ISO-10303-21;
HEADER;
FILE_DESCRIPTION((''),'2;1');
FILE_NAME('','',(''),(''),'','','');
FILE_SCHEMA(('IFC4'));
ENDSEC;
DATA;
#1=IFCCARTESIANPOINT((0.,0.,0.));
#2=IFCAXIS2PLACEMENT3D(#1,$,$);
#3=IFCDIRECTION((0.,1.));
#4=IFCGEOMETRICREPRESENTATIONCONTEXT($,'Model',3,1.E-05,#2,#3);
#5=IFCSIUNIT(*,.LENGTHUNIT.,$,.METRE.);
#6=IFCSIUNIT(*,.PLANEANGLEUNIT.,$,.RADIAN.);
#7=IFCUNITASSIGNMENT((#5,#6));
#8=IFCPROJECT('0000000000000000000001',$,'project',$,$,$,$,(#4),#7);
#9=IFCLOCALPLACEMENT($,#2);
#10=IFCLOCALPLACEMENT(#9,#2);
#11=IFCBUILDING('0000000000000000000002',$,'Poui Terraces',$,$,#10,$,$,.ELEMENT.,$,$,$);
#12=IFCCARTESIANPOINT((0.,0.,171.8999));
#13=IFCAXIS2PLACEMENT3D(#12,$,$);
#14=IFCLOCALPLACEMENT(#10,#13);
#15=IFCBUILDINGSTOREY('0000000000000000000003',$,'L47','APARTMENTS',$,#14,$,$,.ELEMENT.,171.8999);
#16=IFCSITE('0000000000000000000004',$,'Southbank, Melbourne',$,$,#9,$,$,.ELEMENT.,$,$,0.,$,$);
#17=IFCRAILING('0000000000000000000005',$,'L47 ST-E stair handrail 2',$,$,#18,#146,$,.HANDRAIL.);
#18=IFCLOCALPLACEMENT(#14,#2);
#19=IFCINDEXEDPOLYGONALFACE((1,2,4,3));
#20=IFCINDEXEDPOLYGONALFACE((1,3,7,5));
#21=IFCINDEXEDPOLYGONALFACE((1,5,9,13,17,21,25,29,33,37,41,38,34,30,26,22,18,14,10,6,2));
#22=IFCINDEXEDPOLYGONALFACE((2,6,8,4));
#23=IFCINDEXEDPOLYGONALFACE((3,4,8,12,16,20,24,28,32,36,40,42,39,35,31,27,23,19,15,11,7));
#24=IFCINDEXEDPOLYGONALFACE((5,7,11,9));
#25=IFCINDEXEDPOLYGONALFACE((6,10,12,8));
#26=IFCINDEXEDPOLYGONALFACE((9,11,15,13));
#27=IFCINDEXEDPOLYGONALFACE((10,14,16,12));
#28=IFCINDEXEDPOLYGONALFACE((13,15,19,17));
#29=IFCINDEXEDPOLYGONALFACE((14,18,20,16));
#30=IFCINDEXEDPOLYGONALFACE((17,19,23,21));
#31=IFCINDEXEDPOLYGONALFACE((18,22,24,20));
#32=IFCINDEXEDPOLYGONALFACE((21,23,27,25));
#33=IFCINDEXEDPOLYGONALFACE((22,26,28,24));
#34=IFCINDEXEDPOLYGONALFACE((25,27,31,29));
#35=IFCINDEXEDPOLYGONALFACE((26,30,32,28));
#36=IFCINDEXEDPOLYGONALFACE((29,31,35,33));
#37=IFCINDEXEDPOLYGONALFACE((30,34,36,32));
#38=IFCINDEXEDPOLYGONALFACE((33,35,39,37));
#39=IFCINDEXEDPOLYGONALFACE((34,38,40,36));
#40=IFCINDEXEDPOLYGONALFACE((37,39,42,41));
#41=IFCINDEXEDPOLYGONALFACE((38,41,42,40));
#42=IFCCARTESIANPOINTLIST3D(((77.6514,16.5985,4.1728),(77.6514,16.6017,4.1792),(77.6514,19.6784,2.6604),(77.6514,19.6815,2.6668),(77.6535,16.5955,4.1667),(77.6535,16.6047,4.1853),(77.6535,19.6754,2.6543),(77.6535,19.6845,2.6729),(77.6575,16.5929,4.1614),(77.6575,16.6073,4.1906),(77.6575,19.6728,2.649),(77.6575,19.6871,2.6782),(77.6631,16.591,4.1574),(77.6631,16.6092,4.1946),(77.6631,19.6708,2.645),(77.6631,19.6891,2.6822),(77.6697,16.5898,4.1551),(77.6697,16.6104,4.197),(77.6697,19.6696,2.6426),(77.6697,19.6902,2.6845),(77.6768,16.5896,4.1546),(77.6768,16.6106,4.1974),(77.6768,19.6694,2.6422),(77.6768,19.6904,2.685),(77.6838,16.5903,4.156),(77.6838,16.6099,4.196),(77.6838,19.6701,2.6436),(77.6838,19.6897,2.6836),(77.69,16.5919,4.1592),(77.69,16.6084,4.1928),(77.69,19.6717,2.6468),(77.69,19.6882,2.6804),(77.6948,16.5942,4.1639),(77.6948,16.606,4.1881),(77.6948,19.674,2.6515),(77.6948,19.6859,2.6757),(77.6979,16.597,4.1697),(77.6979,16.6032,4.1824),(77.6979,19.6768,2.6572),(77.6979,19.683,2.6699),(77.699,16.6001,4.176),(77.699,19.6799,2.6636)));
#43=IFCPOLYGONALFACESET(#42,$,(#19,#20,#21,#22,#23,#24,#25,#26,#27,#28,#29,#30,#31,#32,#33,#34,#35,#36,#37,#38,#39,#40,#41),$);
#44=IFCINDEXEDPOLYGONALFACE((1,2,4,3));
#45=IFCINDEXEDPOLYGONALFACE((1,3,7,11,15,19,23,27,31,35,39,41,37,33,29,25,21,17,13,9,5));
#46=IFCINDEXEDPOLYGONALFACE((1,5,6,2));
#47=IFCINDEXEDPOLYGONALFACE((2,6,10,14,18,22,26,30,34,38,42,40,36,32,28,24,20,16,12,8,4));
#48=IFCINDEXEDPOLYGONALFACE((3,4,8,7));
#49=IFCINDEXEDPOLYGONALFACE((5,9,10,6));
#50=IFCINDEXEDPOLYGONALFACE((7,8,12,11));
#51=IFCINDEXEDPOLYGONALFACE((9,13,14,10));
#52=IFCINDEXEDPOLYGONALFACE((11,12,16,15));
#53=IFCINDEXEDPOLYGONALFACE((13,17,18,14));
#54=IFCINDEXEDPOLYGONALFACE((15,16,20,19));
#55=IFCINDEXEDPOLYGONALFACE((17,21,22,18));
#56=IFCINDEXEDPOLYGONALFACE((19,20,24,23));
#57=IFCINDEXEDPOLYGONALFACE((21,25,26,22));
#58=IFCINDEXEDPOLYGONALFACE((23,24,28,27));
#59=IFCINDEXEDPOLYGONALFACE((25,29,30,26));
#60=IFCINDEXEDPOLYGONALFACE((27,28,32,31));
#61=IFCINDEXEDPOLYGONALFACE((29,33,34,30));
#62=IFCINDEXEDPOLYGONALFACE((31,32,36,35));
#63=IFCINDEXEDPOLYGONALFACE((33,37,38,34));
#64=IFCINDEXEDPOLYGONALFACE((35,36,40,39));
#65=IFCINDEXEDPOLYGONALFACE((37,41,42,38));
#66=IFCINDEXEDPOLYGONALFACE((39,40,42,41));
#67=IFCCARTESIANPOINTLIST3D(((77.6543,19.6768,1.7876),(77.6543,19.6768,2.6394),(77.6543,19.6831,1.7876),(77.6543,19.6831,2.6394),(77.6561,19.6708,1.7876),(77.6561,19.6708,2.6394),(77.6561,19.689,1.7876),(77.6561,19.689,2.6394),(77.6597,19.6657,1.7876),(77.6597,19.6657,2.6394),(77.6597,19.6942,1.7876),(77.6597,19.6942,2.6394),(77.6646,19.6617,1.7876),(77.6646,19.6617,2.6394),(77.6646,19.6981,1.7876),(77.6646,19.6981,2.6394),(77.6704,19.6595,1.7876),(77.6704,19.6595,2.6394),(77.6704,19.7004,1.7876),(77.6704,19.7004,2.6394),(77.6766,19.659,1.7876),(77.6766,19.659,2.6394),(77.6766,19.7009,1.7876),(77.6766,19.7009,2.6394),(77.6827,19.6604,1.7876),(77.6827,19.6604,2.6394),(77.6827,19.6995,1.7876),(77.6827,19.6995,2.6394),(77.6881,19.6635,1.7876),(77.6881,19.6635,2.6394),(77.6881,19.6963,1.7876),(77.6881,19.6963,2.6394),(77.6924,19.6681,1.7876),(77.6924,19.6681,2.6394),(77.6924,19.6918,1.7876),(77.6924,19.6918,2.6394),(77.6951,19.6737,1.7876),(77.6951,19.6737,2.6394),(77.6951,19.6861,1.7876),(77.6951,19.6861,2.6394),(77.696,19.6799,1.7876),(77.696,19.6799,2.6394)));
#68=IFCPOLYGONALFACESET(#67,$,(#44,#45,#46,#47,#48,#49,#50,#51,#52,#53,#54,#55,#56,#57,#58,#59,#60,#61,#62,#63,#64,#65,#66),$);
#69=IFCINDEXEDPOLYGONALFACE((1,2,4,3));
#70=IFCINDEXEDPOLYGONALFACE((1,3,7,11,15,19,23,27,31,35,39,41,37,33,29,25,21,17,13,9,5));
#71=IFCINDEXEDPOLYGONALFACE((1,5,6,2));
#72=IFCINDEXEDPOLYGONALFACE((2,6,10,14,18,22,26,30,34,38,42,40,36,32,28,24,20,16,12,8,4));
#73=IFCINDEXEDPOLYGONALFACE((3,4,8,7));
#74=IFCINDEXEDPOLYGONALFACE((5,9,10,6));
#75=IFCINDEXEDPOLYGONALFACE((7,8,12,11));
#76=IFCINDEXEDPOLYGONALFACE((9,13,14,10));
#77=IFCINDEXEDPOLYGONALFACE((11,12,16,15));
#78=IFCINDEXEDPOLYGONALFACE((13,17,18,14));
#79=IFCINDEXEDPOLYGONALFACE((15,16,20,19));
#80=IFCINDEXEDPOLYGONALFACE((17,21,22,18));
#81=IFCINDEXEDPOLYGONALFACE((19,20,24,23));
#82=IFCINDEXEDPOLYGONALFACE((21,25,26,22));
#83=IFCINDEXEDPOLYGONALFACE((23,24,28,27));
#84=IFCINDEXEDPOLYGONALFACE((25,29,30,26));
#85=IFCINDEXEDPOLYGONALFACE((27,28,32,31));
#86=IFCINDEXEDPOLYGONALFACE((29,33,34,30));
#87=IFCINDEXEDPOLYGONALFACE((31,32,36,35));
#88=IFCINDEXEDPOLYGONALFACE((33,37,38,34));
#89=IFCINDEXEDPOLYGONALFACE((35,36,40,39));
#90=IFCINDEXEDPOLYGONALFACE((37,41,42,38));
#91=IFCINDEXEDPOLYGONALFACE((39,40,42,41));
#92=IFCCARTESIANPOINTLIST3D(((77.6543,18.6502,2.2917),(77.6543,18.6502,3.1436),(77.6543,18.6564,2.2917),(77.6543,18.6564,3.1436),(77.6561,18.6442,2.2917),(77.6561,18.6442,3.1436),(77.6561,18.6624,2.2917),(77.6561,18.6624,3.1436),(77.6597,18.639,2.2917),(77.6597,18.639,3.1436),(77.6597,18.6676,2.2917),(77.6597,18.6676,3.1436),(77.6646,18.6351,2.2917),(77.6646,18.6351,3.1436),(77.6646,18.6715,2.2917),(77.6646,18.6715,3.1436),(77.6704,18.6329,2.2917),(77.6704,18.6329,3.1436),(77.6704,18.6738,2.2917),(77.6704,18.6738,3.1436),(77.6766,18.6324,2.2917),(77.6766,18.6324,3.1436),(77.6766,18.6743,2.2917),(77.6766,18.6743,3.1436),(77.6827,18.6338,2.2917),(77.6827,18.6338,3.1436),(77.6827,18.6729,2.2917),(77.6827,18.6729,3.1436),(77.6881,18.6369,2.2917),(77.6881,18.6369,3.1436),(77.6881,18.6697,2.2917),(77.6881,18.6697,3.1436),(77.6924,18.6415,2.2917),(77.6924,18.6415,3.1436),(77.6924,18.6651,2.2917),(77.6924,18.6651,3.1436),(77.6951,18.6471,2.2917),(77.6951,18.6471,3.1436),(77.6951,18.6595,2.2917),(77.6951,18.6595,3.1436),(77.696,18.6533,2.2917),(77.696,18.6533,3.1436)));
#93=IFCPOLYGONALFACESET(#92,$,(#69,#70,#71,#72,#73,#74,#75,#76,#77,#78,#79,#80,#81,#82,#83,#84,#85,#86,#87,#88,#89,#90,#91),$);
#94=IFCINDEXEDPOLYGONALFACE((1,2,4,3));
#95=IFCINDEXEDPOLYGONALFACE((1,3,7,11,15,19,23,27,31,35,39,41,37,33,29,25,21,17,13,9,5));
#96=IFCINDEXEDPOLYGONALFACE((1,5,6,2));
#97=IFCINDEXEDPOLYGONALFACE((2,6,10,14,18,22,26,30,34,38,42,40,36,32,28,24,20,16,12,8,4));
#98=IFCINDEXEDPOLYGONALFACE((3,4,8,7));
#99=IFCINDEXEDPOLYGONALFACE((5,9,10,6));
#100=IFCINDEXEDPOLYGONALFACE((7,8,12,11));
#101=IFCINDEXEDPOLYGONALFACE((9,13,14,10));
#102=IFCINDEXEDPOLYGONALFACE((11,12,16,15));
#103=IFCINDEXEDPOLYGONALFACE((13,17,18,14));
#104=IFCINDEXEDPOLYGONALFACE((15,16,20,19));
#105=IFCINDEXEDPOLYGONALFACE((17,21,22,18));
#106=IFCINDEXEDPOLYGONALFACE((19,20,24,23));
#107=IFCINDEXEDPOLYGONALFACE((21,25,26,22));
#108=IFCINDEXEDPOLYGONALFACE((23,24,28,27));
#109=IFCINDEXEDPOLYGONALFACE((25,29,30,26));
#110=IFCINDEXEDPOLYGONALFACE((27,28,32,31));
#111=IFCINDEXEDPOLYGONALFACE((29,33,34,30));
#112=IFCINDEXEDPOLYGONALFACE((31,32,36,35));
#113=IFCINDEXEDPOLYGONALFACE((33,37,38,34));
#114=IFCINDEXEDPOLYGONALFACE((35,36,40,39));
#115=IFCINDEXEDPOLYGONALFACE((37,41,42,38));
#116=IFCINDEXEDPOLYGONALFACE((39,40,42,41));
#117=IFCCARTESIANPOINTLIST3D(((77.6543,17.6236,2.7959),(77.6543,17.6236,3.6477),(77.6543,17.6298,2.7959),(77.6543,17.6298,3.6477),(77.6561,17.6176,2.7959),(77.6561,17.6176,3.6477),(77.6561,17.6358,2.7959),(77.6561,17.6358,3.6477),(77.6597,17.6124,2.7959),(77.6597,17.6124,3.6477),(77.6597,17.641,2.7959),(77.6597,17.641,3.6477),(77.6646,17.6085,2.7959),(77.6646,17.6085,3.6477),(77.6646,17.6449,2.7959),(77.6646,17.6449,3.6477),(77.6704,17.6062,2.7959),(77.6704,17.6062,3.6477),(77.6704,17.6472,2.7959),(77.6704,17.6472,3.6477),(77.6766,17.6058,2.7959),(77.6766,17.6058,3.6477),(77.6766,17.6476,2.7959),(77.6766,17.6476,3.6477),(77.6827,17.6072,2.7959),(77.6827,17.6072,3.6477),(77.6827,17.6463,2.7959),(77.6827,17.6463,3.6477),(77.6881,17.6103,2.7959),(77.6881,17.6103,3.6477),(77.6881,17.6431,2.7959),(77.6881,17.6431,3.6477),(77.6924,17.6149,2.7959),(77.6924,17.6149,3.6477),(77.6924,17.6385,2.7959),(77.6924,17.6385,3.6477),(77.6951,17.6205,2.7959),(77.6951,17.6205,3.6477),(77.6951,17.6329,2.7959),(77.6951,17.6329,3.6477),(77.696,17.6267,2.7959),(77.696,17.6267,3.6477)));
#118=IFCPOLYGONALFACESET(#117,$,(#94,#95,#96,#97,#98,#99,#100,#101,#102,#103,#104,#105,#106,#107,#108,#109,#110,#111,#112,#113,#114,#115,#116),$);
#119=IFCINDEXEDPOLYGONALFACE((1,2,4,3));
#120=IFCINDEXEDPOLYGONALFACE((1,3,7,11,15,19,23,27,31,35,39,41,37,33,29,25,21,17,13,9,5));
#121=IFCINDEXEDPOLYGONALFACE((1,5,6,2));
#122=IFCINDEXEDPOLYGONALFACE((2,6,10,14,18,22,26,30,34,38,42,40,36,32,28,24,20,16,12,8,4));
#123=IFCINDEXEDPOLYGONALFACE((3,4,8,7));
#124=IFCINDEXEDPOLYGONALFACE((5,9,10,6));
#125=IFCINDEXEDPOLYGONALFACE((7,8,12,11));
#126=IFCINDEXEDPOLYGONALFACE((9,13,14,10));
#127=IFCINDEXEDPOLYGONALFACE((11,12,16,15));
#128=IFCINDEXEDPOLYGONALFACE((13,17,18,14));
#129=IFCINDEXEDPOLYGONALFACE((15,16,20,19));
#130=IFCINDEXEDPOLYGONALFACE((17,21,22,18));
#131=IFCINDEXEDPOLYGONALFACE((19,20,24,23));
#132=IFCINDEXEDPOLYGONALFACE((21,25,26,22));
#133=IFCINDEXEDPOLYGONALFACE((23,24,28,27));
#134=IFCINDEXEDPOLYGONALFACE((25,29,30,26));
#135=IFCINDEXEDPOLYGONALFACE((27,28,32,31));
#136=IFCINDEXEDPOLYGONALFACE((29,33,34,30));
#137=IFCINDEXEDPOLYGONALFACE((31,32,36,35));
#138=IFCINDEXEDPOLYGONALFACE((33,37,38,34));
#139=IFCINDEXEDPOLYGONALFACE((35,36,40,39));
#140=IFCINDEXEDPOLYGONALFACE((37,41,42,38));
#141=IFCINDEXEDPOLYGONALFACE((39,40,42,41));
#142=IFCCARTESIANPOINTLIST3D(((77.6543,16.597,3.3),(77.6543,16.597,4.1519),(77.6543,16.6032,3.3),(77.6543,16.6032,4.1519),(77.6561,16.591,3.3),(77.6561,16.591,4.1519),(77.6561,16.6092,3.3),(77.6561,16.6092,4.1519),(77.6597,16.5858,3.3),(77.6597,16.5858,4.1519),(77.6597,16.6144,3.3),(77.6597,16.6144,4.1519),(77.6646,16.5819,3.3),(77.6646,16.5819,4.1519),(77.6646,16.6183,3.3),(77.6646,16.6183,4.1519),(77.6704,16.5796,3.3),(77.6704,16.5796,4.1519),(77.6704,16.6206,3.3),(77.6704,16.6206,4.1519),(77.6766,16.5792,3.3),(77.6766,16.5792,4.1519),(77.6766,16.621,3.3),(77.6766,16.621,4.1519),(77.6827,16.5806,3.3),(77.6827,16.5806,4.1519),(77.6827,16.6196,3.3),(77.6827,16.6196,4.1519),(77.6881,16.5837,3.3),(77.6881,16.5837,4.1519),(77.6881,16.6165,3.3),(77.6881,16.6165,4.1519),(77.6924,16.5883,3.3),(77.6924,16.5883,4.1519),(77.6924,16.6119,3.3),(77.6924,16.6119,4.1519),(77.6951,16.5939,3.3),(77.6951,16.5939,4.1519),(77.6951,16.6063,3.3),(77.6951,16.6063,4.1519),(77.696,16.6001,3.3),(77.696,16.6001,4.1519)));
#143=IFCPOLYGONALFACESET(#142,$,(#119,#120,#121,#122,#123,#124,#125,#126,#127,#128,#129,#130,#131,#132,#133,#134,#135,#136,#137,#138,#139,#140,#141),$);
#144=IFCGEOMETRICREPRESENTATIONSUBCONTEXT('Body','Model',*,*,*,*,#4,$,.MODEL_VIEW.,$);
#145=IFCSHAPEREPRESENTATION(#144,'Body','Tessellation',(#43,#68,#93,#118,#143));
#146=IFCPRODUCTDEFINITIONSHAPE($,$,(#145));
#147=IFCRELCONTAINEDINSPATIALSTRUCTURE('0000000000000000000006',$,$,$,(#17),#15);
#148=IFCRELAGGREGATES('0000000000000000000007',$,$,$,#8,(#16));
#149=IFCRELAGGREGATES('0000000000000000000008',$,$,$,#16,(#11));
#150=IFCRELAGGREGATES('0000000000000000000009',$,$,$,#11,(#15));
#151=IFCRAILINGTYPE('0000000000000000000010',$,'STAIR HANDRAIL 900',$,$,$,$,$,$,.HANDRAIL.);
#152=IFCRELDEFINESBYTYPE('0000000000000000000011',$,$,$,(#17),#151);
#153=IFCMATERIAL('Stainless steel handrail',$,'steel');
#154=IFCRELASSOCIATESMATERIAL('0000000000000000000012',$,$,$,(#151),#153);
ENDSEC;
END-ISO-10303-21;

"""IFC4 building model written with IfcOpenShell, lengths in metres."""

from ifc_helpers import new_model, si_unit, direction, frame, origin, origin_2d, place, context, subcontext, project, spatial, circle, extrude, material, type_object, element, save


model = new_model("IFC4")

# Units and contexts
model_context = context("Model", 3, precision=1e-05, world=origin(), true_north=direction((0.0, 1.0)))
body_context = subcontext(model_context, "Body", "Model", "MODEL_VIEW")
ifc_project = project(units=[si_unit("LENGTHUNIT", "METRE"), si_unit("PLANEANGLEUNIT", "RADIAN")], contexts=[model_context])

# Site, building, storey
site_placement = place(None, origin())
site = spatial("IfcSite", under=ifc_project, at=site_placement, Name="Southbank, Melbourne", CompositionType="ELEMENT", RefElevation=0.0)
building_placement = place(site_placement, origin())
building = spatial("IfcBuilding", under=site, at=building_placement, Name="Poui Terraces", CompositionType="ELEMENT")
storey_placement = place(building_placement, frame((0.0, 0.0, 171.8999)))
storey = spatial("IfcBuildingStorey", under=building, at=storey_placement, Name="L47", Description="APARTMENTS", CompositionType="ELEMENT", Elevation=171.8999)

# Railing
ifc_material_1 = material(Name="Stainless steel handrail", Category="steel")
railing_type_1 = type_object("IfcRailingType", Name="STAIR HANDRAIL 900", PredefinedType="HANDRAIL", material=ifc_material_1)
railing_1_placement = place(storey_placement, frame((77.675, 19.6799, 1.7876)))
element("IfcRailing", 1, at=railing_1_placement, inside=storey, type_object=railing_type_1, Name="L47 ST-E stair handrail 2", PredefinedType="HANDRAIL", context=body_context, shape_type="SweptSolid", body=[
    extrude(circle(Radius=0.0239, at=origin_2d()), frame((0.0, 0.0, 0.876), z_axis=(0.0, -0.897606, 0.440798), x_axis=(1.0, 0.0, 0.0)), (0.0, 0.0, 1.0), 3.4312),
    extrude(circle(Radius=0.021, at=origin_2d()), origin(), (0.0, 0.0, 1.0), 0.8518),
    extrude(circle(Radius=0.021, at=origin_2d()), frame((0.0, -1.0266, 0.5042)), (0.0, 0.0, 1.0), 0.8518),
    extrude(circle(Radius=0.021, at=origin_2d()), frame((0.0, -2.0532, 1.0083)), (0.0, 0.0, 1.0), 0.8518),
    extrude(circle(Radius=0.021, at=origin_2d()), frame((0.0, -3.0798, 1.5125)), (0.0, 0.0, 1.0), 0.8518),
])

save(model, "model.ifc")
